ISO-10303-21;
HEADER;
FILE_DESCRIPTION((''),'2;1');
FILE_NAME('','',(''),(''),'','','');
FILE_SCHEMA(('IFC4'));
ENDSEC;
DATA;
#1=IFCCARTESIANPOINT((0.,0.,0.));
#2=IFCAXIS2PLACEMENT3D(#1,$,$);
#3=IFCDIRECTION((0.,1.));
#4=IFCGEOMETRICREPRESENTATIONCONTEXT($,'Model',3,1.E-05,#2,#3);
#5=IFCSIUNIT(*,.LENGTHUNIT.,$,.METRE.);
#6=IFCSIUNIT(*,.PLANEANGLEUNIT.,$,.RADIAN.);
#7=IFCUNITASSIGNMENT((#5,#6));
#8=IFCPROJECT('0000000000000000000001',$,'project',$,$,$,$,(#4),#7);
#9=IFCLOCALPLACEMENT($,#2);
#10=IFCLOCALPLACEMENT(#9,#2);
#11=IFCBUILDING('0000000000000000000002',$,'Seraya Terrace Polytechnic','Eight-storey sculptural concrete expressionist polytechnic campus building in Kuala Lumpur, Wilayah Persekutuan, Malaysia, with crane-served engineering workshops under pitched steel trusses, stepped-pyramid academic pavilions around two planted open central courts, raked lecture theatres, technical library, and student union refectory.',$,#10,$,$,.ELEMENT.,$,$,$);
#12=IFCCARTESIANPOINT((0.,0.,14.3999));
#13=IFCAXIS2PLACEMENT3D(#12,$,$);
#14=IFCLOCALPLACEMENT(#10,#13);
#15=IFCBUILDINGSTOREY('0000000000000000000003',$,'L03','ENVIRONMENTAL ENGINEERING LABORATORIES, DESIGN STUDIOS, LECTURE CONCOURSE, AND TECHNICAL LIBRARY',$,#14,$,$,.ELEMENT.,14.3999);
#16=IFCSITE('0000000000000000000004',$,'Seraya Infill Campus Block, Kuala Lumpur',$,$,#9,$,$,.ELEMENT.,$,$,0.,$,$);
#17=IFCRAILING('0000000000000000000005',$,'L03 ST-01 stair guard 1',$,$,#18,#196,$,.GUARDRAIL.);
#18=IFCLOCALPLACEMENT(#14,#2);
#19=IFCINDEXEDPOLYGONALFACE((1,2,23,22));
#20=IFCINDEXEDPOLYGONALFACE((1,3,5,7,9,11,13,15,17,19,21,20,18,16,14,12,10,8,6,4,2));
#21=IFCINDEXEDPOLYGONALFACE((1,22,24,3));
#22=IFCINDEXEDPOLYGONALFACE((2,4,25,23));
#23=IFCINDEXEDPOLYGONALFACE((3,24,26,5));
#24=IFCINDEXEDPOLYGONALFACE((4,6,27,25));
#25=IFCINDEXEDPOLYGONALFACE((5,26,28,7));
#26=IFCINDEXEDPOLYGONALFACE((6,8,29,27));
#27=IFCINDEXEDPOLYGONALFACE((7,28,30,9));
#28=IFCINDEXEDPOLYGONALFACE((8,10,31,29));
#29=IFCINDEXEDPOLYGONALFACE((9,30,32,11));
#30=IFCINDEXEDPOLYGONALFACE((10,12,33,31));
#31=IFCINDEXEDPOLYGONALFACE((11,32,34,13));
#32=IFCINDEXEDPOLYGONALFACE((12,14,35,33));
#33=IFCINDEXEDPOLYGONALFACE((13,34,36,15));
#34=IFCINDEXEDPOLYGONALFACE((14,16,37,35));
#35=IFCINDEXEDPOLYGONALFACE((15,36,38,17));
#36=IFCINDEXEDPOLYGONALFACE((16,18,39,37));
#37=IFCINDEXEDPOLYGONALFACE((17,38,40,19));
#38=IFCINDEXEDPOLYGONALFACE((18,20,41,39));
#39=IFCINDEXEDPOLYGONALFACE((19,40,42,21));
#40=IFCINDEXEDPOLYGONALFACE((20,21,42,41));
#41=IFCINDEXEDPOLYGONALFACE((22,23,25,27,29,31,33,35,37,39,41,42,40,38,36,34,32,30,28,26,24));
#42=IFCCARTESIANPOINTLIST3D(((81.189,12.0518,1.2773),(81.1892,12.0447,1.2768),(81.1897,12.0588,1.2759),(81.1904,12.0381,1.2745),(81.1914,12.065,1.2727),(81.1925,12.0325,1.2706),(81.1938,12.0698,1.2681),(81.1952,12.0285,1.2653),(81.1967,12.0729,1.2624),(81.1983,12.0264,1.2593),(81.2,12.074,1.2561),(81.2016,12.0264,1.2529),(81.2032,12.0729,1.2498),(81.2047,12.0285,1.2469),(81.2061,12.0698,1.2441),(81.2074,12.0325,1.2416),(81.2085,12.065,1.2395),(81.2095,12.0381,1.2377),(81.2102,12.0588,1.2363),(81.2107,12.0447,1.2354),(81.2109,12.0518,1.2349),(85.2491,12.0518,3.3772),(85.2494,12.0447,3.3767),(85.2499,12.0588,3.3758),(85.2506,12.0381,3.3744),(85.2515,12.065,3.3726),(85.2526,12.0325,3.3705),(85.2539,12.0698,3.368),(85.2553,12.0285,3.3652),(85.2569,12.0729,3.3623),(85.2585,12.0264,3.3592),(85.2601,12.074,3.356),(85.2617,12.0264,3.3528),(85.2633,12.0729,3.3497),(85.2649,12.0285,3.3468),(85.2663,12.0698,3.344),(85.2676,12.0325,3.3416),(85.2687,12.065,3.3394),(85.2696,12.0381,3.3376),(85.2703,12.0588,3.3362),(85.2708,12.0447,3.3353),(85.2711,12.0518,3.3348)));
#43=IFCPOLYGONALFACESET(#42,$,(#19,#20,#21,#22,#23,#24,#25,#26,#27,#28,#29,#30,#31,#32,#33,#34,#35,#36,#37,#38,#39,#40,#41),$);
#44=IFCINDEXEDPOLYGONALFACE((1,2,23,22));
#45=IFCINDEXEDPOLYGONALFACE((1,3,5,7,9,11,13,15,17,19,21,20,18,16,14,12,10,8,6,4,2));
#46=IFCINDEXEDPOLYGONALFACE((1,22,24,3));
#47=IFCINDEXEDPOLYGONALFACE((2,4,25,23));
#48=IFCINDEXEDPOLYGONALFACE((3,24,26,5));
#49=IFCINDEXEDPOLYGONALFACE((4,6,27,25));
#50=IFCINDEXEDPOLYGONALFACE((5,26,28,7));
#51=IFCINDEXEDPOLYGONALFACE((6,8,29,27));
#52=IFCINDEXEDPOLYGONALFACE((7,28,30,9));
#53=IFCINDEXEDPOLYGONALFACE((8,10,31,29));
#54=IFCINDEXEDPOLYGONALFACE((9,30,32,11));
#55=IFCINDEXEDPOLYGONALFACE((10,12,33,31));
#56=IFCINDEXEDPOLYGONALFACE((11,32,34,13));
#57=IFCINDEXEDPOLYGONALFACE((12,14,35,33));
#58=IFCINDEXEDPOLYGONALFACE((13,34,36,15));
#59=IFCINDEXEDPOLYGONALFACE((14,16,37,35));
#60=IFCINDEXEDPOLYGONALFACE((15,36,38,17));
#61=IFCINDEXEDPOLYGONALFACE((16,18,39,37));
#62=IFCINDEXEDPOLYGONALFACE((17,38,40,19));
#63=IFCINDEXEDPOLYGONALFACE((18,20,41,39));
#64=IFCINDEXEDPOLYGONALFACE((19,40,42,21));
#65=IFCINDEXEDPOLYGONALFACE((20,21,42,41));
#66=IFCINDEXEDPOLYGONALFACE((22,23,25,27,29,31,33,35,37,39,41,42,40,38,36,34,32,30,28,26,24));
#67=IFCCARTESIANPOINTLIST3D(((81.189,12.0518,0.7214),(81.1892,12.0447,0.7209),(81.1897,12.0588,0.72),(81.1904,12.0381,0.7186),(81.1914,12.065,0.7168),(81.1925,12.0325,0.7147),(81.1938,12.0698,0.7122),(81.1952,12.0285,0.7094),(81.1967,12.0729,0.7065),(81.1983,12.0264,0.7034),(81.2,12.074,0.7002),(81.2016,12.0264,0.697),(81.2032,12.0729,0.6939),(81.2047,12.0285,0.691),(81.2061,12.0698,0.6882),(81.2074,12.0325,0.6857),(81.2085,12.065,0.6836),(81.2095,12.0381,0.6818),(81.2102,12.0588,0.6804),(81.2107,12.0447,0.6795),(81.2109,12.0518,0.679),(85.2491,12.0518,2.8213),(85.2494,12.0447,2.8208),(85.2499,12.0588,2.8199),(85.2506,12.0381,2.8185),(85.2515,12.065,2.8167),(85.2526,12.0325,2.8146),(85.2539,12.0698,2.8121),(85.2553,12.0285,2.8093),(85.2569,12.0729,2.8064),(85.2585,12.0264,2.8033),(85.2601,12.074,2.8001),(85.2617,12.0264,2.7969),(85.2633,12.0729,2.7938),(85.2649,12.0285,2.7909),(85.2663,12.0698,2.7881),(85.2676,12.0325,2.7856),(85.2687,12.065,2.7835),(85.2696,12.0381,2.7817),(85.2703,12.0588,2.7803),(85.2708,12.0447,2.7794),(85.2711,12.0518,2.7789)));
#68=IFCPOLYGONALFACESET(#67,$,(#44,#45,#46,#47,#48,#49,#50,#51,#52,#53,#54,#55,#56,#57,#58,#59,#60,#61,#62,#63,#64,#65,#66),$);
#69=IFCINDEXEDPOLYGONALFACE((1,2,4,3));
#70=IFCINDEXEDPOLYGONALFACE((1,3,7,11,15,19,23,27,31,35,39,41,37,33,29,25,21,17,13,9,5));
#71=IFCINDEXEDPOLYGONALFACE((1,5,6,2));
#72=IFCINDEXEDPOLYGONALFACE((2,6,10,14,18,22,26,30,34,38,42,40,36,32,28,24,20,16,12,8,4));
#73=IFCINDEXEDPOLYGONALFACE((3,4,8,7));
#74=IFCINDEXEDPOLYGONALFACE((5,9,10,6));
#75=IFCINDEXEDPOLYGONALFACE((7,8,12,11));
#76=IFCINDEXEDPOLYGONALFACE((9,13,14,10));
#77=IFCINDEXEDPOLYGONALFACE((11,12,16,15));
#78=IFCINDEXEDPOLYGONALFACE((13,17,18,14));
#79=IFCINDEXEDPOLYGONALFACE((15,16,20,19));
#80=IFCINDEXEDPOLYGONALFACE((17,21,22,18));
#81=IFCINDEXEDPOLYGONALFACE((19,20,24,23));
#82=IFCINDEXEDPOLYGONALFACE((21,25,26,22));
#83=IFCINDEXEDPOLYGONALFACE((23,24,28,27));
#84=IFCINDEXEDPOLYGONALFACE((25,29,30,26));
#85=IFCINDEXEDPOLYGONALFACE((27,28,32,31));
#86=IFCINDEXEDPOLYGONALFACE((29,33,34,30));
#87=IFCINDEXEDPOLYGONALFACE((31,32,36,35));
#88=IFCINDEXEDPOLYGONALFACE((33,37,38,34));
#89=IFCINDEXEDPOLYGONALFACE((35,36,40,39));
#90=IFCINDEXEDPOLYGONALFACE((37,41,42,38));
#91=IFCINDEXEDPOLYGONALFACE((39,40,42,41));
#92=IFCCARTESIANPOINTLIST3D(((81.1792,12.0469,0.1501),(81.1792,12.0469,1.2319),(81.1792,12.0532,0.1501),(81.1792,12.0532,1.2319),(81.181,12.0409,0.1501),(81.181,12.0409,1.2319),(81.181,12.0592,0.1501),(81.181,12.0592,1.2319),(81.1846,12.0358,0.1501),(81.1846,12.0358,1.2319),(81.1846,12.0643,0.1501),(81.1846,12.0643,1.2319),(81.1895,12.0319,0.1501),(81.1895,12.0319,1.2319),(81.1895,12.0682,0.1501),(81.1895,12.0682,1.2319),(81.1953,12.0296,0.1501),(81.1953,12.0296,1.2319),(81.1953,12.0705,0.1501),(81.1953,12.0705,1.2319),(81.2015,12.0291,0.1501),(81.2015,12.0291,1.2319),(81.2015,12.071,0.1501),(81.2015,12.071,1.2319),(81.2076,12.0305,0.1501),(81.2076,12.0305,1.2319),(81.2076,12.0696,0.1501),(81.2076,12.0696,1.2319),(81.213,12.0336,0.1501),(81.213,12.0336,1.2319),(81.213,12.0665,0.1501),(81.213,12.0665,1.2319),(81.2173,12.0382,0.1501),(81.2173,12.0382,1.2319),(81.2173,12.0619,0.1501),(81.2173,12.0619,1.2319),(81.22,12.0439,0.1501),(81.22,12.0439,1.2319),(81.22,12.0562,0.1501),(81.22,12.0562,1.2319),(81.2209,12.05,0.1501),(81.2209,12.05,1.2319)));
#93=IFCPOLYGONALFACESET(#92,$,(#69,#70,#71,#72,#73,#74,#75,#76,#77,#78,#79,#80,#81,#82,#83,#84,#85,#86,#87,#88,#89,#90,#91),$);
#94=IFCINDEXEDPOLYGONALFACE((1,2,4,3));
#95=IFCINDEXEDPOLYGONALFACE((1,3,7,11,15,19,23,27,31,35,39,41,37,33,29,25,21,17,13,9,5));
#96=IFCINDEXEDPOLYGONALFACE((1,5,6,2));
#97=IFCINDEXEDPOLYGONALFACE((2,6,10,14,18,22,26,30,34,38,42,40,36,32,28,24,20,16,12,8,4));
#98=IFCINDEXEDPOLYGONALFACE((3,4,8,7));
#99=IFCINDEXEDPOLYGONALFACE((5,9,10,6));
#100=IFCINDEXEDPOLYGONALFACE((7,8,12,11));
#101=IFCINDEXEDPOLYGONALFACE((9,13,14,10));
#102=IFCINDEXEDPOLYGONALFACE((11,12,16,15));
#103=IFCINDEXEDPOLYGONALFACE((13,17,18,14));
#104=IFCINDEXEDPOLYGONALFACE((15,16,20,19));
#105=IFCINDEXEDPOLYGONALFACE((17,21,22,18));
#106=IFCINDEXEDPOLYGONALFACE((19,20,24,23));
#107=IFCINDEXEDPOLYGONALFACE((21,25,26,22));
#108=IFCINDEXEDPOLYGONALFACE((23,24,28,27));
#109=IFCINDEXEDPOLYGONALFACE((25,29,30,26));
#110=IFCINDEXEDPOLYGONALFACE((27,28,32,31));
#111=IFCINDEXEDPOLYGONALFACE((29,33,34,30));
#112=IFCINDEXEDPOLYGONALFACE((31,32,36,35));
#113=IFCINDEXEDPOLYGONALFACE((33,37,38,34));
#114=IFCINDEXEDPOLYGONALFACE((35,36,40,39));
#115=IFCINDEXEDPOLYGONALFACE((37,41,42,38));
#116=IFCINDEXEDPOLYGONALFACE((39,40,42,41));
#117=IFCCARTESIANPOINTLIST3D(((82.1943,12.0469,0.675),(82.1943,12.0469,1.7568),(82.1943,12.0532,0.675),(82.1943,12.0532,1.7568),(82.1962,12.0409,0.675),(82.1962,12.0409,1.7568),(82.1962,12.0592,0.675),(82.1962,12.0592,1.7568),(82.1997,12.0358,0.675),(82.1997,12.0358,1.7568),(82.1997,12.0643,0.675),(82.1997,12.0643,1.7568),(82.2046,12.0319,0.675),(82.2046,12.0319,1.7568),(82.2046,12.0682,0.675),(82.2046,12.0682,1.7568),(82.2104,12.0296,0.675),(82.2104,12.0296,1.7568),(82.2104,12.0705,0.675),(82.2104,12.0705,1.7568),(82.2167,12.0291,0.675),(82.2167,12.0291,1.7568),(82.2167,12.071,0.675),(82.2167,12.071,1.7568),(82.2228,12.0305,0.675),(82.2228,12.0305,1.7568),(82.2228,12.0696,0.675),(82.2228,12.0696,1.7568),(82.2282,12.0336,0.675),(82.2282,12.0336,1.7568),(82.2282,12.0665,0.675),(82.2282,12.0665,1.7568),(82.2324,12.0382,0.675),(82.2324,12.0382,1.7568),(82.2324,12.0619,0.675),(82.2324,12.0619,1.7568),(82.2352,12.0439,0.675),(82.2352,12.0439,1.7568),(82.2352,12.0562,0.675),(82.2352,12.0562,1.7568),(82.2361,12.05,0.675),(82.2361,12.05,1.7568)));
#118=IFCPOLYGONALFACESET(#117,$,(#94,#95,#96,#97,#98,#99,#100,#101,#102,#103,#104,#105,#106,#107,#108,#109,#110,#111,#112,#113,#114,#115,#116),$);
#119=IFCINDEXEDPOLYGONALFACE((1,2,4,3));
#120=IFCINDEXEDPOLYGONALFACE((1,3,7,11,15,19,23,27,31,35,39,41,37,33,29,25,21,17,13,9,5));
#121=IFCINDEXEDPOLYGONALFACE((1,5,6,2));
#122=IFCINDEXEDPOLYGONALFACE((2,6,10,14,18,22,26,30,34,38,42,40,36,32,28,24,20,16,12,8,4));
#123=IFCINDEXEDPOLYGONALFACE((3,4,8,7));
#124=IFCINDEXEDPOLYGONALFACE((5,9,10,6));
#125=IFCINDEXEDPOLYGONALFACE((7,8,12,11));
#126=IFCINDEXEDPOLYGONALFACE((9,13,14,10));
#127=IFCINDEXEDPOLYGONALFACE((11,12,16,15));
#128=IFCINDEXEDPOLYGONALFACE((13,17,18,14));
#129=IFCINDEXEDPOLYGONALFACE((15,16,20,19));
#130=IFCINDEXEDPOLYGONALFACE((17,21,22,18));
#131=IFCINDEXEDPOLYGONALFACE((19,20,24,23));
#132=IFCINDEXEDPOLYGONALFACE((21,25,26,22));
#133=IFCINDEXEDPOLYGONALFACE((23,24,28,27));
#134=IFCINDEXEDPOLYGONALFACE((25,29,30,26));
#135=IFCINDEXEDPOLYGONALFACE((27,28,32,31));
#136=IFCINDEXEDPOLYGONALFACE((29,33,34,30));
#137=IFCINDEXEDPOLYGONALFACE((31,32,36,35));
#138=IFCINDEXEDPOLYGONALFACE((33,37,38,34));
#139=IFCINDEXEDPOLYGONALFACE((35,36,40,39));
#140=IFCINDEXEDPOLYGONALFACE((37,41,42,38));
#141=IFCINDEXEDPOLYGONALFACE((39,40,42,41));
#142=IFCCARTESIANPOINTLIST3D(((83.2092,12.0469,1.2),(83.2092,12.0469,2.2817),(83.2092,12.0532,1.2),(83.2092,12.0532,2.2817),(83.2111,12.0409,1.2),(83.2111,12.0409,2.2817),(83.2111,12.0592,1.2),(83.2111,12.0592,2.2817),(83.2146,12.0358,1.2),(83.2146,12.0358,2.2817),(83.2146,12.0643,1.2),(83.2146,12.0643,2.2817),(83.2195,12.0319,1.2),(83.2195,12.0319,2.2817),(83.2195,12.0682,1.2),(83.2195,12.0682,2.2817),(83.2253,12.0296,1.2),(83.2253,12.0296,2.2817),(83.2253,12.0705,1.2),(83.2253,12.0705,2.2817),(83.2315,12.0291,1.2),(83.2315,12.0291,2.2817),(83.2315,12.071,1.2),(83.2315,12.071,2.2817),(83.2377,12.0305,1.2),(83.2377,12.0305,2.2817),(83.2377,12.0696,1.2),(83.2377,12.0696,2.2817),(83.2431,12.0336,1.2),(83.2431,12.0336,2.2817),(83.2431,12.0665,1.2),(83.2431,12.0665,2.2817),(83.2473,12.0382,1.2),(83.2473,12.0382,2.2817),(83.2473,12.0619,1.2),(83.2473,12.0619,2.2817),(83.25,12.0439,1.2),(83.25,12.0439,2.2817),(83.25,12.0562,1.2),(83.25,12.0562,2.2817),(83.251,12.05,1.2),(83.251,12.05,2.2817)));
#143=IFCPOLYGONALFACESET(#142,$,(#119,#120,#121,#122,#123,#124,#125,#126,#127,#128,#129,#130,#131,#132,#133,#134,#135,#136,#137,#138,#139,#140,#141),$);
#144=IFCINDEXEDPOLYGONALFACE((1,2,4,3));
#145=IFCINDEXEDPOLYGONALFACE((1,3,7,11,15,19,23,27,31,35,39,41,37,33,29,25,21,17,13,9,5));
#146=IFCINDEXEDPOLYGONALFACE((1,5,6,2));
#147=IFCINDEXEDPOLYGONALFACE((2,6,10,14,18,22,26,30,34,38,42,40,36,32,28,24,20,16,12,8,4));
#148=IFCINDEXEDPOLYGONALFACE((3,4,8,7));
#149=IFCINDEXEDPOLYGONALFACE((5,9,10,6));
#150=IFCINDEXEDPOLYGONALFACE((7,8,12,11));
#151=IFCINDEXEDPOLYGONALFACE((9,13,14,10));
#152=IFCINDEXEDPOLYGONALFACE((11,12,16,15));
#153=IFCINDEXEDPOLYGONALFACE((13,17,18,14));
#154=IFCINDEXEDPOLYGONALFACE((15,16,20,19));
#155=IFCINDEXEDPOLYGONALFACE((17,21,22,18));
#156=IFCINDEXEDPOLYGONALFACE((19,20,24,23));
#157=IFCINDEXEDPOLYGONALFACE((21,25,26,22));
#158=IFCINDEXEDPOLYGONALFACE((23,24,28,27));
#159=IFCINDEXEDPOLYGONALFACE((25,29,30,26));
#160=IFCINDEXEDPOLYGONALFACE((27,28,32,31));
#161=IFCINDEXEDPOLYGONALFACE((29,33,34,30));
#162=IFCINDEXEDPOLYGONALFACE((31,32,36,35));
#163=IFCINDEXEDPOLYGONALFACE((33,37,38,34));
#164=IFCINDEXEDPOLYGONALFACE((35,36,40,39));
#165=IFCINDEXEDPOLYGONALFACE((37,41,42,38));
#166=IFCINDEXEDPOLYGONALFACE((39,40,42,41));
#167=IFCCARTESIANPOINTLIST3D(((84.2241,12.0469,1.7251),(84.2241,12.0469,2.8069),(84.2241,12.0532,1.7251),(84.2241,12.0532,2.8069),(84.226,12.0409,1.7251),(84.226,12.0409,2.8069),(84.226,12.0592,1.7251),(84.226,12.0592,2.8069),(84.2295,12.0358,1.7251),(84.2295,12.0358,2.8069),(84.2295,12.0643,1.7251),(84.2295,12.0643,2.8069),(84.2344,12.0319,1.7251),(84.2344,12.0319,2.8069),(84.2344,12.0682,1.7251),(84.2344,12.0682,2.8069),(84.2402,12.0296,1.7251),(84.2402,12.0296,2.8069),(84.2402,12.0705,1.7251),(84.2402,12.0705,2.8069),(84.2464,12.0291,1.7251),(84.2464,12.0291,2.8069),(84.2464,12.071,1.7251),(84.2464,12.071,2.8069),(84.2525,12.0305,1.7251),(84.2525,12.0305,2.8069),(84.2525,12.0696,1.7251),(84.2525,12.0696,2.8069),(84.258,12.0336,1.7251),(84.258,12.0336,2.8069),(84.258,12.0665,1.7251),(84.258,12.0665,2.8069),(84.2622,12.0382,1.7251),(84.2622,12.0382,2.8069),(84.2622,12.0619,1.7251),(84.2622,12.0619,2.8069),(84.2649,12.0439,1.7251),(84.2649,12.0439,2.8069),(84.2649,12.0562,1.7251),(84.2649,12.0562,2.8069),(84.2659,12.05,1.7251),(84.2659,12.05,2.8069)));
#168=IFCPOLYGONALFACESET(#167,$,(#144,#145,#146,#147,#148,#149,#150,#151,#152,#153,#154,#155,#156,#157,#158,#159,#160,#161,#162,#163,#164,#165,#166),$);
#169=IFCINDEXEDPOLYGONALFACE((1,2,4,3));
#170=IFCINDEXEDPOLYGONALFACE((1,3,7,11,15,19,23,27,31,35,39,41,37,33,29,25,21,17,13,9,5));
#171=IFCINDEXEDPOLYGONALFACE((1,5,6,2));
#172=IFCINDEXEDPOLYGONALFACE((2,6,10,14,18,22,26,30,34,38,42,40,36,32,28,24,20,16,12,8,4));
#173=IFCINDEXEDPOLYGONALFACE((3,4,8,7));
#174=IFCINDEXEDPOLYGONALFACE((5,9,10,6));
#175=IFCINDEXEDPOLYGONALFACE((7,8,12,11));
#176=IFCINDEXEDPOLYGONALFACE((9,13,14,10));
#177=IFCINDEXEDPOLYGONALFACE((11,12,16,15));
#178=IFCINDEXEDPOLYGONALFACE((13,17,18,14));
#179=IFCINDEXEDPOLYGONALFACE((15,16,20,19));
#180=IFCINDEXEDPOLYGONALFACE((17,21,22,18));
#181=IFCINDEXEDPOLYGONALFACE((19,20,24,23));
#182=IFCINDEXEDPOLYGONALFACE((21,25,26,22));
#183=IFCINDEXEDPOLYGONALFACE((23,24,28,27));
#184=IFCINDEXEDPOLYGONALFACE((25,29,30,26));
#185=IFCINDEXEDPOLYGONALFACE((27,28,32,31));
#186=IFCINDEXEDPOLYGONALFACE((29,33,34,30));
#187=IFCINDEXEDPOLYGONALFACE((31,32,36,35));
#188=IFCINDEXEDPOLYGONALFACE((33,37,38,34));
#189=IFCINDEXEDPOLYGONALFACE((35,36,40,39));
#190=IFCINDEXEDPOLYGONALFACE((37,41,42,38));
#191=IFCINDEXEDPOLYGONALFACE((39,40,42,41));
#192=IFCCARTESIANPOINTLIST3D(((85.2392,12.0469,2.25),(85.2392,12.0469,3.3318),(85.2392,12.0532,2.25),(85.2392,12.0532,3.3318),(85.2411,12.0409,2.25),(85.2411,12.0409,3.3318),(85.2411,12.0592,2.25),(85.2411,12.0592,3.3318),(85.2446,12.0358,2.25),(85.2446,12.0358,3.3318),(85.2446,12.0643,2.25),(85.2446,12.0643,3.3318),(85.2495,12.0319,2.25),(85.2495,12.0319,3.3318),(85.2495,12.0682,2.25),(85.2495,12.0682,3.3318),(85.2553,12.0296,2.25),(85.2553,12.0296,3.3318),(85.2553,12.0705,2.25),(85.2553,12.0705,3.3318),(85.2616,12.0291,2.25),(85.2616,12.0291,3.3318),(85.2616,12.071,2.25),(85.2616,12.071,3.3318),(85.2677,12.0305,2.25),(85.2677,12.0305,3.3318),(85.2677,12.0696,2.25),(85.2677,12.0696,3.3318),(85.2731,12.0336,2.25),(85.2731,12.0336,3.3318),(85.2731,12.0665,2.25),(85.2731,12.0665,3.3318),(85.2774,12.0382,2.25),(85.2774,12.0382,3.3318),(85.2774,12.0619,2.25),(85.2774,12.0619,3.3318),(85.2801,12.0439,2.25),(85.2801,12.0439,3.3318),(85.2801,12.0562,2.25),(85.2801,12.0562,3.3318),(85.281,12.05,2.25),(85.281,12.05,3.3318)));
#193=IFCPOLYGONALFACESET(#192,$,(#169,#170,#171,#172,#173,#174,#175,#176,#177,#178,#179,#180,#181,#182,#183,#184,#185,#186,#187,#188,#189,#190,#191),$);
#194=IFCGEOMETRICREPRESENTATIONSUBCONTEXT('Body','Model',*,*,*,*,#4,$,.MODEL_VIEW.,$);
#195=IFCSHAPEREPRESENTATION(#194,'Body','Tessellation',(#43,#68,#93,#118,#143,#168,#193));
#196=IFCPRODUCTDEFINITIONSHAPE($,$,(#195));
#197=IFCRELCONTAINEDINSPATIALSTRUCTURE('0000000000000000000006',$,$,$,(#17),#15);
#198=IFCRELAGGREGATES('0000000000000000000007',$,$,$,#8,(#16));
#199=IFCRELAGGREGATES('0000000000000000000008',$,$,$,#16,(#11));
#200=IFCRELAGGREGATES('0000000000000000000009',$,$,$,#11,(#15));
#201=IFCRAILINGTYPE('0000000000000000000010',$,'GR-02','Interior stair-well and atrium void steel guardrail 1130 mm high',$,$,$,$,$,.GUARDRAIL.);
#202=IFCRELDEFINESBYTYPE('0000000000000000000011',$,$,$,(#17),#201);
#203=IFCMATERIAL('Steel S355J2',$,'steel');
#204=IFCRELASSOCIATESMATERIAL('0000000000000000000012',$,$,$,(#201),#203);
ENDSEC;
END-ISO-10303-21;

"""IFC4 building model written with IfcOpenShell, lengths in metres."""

from ifc_helpers import new_model, si_unit, direction, frame, origin, origin_2d, place, context, subcontext, project, spatial, circle, extrude, material, type_object, element, save


model = new_model("IFC4")

# Units and contexts
model_context = context("Model", 3, precision=1e-05, world=origin(), true_north=direction((0.0, 1.0)))
body_context = subcontext(model_context, "Body", "Model", "MODEL_VIEW")
ifc_project = project(units=[si_unit("LENGTHUNIT", "METRE"), si_unit("PLANEANGLEUNIT", "RADIAN")], contexts=[model_context])

# Site, building, storey
site_placement = place(None, origin())
site = spatial("IfcSite", under=ifc_project, at=site_placement, Name="Seraya Infill Campus Block, Kuala Lumpur", CompositionType="ELEMENT", RefElevation=0.0)
building_placement = place(site_placement, origin())
building = spatial("IfcBuilding", under=site, at=building_placement, Name="Seraya Terrace Polytechnic", Description="Eight-storey sculptural concrete expressionist polytechnic campus building in Kuala Lumpur, Wilayah Persekutuan, Malaysia, with crane-served engineering workshops under pitched steel trusses, stepped-pyramid academic pavilions around two planted open central courts, raked lecture theatres, technical library, and student union refectory.", CompositionType="ELEMENT")
storey_placement = place(building_placement, frame((0.0, 0.0, 14.3999)))
storey = spatial("IfcBuildingStorey", under=building, at=storey_placement, Name="L03", Description="ENVIRONMENTAL ENGINEERING LABORATORIES, DESIGN STUDIOS, LECTURE CONCOURSE, AND TECHNICAL LIBRARY", CompositionType="ELEMENT", Elevation=14.3999)

# Railing
ifc_material_1 = material(Name="Steel S355J2", Category="steel")
railing_type = type_object("IfcRailingType", Name="GR-02", Description="Interior stair-well and atrium void steel guardrail 1130 mm high", PredefinedType="GUARDRAIL", material=ifc_material_1)
railing_1_placement = place(storey_placement, frame((81.2, 12.05, 0.1501)))
element("IfcRailing", 1, at=railing_1_placement, inside=storey, type_object=railing_type, Name="L03 ST-01 stair guard 1", PredefinedType="GUARDRAIL", context=body_context, shape_type="SweptSolid", body=[
    extrude(circle(Radius=0.0239, at=origin_2d()), frame((0.0, 0.0, 1.106), z_axis=(0.888233, 0.0, 0.459392), x_axis=(0.0, 1.0, 0.0)), (0.0, 0.0, 1.0), 4.571),
    extrude(circle(Radius=0.0239, at=origin_2d()), frame((0.0, 0.0, 0.55), z_axis=(0.888233, 0.0, 0.459392), x_axis=(0.0, 1.0, 0.0)), (0.0, 0.0, 1.0), 4.571),
    extrude(circle(Radius=0.021, at=origin_2d()), origin(), (0.0, 0.0, 1.0), 1.0818),
    extrude(circle(Radius=0.021, at=origin_2d()), frame((1.0151, 0.0, 0.5249)), (0.0, 0.0, 1.0), 1.0818),
    extrude(circle(Radius=0.021, at=origin_2d()), frame((2.03, 0.0, 1.0498)), (0.0, 0.0, 1.0), 1.0818),
    extrude(circle(Radius=0.021, at=origin_2d()), frame((3.0449, 0.0, 1.575)), (0.0, 0.0, 1.0), 1.0818),
    extrude(circle(Radius=0.021, at=origin_2d()), frame((4.0601, 0.0, 2.0999)), (0.0, 0.0, 1.0), 1.0818),
])

save(model, "model.ifc")
